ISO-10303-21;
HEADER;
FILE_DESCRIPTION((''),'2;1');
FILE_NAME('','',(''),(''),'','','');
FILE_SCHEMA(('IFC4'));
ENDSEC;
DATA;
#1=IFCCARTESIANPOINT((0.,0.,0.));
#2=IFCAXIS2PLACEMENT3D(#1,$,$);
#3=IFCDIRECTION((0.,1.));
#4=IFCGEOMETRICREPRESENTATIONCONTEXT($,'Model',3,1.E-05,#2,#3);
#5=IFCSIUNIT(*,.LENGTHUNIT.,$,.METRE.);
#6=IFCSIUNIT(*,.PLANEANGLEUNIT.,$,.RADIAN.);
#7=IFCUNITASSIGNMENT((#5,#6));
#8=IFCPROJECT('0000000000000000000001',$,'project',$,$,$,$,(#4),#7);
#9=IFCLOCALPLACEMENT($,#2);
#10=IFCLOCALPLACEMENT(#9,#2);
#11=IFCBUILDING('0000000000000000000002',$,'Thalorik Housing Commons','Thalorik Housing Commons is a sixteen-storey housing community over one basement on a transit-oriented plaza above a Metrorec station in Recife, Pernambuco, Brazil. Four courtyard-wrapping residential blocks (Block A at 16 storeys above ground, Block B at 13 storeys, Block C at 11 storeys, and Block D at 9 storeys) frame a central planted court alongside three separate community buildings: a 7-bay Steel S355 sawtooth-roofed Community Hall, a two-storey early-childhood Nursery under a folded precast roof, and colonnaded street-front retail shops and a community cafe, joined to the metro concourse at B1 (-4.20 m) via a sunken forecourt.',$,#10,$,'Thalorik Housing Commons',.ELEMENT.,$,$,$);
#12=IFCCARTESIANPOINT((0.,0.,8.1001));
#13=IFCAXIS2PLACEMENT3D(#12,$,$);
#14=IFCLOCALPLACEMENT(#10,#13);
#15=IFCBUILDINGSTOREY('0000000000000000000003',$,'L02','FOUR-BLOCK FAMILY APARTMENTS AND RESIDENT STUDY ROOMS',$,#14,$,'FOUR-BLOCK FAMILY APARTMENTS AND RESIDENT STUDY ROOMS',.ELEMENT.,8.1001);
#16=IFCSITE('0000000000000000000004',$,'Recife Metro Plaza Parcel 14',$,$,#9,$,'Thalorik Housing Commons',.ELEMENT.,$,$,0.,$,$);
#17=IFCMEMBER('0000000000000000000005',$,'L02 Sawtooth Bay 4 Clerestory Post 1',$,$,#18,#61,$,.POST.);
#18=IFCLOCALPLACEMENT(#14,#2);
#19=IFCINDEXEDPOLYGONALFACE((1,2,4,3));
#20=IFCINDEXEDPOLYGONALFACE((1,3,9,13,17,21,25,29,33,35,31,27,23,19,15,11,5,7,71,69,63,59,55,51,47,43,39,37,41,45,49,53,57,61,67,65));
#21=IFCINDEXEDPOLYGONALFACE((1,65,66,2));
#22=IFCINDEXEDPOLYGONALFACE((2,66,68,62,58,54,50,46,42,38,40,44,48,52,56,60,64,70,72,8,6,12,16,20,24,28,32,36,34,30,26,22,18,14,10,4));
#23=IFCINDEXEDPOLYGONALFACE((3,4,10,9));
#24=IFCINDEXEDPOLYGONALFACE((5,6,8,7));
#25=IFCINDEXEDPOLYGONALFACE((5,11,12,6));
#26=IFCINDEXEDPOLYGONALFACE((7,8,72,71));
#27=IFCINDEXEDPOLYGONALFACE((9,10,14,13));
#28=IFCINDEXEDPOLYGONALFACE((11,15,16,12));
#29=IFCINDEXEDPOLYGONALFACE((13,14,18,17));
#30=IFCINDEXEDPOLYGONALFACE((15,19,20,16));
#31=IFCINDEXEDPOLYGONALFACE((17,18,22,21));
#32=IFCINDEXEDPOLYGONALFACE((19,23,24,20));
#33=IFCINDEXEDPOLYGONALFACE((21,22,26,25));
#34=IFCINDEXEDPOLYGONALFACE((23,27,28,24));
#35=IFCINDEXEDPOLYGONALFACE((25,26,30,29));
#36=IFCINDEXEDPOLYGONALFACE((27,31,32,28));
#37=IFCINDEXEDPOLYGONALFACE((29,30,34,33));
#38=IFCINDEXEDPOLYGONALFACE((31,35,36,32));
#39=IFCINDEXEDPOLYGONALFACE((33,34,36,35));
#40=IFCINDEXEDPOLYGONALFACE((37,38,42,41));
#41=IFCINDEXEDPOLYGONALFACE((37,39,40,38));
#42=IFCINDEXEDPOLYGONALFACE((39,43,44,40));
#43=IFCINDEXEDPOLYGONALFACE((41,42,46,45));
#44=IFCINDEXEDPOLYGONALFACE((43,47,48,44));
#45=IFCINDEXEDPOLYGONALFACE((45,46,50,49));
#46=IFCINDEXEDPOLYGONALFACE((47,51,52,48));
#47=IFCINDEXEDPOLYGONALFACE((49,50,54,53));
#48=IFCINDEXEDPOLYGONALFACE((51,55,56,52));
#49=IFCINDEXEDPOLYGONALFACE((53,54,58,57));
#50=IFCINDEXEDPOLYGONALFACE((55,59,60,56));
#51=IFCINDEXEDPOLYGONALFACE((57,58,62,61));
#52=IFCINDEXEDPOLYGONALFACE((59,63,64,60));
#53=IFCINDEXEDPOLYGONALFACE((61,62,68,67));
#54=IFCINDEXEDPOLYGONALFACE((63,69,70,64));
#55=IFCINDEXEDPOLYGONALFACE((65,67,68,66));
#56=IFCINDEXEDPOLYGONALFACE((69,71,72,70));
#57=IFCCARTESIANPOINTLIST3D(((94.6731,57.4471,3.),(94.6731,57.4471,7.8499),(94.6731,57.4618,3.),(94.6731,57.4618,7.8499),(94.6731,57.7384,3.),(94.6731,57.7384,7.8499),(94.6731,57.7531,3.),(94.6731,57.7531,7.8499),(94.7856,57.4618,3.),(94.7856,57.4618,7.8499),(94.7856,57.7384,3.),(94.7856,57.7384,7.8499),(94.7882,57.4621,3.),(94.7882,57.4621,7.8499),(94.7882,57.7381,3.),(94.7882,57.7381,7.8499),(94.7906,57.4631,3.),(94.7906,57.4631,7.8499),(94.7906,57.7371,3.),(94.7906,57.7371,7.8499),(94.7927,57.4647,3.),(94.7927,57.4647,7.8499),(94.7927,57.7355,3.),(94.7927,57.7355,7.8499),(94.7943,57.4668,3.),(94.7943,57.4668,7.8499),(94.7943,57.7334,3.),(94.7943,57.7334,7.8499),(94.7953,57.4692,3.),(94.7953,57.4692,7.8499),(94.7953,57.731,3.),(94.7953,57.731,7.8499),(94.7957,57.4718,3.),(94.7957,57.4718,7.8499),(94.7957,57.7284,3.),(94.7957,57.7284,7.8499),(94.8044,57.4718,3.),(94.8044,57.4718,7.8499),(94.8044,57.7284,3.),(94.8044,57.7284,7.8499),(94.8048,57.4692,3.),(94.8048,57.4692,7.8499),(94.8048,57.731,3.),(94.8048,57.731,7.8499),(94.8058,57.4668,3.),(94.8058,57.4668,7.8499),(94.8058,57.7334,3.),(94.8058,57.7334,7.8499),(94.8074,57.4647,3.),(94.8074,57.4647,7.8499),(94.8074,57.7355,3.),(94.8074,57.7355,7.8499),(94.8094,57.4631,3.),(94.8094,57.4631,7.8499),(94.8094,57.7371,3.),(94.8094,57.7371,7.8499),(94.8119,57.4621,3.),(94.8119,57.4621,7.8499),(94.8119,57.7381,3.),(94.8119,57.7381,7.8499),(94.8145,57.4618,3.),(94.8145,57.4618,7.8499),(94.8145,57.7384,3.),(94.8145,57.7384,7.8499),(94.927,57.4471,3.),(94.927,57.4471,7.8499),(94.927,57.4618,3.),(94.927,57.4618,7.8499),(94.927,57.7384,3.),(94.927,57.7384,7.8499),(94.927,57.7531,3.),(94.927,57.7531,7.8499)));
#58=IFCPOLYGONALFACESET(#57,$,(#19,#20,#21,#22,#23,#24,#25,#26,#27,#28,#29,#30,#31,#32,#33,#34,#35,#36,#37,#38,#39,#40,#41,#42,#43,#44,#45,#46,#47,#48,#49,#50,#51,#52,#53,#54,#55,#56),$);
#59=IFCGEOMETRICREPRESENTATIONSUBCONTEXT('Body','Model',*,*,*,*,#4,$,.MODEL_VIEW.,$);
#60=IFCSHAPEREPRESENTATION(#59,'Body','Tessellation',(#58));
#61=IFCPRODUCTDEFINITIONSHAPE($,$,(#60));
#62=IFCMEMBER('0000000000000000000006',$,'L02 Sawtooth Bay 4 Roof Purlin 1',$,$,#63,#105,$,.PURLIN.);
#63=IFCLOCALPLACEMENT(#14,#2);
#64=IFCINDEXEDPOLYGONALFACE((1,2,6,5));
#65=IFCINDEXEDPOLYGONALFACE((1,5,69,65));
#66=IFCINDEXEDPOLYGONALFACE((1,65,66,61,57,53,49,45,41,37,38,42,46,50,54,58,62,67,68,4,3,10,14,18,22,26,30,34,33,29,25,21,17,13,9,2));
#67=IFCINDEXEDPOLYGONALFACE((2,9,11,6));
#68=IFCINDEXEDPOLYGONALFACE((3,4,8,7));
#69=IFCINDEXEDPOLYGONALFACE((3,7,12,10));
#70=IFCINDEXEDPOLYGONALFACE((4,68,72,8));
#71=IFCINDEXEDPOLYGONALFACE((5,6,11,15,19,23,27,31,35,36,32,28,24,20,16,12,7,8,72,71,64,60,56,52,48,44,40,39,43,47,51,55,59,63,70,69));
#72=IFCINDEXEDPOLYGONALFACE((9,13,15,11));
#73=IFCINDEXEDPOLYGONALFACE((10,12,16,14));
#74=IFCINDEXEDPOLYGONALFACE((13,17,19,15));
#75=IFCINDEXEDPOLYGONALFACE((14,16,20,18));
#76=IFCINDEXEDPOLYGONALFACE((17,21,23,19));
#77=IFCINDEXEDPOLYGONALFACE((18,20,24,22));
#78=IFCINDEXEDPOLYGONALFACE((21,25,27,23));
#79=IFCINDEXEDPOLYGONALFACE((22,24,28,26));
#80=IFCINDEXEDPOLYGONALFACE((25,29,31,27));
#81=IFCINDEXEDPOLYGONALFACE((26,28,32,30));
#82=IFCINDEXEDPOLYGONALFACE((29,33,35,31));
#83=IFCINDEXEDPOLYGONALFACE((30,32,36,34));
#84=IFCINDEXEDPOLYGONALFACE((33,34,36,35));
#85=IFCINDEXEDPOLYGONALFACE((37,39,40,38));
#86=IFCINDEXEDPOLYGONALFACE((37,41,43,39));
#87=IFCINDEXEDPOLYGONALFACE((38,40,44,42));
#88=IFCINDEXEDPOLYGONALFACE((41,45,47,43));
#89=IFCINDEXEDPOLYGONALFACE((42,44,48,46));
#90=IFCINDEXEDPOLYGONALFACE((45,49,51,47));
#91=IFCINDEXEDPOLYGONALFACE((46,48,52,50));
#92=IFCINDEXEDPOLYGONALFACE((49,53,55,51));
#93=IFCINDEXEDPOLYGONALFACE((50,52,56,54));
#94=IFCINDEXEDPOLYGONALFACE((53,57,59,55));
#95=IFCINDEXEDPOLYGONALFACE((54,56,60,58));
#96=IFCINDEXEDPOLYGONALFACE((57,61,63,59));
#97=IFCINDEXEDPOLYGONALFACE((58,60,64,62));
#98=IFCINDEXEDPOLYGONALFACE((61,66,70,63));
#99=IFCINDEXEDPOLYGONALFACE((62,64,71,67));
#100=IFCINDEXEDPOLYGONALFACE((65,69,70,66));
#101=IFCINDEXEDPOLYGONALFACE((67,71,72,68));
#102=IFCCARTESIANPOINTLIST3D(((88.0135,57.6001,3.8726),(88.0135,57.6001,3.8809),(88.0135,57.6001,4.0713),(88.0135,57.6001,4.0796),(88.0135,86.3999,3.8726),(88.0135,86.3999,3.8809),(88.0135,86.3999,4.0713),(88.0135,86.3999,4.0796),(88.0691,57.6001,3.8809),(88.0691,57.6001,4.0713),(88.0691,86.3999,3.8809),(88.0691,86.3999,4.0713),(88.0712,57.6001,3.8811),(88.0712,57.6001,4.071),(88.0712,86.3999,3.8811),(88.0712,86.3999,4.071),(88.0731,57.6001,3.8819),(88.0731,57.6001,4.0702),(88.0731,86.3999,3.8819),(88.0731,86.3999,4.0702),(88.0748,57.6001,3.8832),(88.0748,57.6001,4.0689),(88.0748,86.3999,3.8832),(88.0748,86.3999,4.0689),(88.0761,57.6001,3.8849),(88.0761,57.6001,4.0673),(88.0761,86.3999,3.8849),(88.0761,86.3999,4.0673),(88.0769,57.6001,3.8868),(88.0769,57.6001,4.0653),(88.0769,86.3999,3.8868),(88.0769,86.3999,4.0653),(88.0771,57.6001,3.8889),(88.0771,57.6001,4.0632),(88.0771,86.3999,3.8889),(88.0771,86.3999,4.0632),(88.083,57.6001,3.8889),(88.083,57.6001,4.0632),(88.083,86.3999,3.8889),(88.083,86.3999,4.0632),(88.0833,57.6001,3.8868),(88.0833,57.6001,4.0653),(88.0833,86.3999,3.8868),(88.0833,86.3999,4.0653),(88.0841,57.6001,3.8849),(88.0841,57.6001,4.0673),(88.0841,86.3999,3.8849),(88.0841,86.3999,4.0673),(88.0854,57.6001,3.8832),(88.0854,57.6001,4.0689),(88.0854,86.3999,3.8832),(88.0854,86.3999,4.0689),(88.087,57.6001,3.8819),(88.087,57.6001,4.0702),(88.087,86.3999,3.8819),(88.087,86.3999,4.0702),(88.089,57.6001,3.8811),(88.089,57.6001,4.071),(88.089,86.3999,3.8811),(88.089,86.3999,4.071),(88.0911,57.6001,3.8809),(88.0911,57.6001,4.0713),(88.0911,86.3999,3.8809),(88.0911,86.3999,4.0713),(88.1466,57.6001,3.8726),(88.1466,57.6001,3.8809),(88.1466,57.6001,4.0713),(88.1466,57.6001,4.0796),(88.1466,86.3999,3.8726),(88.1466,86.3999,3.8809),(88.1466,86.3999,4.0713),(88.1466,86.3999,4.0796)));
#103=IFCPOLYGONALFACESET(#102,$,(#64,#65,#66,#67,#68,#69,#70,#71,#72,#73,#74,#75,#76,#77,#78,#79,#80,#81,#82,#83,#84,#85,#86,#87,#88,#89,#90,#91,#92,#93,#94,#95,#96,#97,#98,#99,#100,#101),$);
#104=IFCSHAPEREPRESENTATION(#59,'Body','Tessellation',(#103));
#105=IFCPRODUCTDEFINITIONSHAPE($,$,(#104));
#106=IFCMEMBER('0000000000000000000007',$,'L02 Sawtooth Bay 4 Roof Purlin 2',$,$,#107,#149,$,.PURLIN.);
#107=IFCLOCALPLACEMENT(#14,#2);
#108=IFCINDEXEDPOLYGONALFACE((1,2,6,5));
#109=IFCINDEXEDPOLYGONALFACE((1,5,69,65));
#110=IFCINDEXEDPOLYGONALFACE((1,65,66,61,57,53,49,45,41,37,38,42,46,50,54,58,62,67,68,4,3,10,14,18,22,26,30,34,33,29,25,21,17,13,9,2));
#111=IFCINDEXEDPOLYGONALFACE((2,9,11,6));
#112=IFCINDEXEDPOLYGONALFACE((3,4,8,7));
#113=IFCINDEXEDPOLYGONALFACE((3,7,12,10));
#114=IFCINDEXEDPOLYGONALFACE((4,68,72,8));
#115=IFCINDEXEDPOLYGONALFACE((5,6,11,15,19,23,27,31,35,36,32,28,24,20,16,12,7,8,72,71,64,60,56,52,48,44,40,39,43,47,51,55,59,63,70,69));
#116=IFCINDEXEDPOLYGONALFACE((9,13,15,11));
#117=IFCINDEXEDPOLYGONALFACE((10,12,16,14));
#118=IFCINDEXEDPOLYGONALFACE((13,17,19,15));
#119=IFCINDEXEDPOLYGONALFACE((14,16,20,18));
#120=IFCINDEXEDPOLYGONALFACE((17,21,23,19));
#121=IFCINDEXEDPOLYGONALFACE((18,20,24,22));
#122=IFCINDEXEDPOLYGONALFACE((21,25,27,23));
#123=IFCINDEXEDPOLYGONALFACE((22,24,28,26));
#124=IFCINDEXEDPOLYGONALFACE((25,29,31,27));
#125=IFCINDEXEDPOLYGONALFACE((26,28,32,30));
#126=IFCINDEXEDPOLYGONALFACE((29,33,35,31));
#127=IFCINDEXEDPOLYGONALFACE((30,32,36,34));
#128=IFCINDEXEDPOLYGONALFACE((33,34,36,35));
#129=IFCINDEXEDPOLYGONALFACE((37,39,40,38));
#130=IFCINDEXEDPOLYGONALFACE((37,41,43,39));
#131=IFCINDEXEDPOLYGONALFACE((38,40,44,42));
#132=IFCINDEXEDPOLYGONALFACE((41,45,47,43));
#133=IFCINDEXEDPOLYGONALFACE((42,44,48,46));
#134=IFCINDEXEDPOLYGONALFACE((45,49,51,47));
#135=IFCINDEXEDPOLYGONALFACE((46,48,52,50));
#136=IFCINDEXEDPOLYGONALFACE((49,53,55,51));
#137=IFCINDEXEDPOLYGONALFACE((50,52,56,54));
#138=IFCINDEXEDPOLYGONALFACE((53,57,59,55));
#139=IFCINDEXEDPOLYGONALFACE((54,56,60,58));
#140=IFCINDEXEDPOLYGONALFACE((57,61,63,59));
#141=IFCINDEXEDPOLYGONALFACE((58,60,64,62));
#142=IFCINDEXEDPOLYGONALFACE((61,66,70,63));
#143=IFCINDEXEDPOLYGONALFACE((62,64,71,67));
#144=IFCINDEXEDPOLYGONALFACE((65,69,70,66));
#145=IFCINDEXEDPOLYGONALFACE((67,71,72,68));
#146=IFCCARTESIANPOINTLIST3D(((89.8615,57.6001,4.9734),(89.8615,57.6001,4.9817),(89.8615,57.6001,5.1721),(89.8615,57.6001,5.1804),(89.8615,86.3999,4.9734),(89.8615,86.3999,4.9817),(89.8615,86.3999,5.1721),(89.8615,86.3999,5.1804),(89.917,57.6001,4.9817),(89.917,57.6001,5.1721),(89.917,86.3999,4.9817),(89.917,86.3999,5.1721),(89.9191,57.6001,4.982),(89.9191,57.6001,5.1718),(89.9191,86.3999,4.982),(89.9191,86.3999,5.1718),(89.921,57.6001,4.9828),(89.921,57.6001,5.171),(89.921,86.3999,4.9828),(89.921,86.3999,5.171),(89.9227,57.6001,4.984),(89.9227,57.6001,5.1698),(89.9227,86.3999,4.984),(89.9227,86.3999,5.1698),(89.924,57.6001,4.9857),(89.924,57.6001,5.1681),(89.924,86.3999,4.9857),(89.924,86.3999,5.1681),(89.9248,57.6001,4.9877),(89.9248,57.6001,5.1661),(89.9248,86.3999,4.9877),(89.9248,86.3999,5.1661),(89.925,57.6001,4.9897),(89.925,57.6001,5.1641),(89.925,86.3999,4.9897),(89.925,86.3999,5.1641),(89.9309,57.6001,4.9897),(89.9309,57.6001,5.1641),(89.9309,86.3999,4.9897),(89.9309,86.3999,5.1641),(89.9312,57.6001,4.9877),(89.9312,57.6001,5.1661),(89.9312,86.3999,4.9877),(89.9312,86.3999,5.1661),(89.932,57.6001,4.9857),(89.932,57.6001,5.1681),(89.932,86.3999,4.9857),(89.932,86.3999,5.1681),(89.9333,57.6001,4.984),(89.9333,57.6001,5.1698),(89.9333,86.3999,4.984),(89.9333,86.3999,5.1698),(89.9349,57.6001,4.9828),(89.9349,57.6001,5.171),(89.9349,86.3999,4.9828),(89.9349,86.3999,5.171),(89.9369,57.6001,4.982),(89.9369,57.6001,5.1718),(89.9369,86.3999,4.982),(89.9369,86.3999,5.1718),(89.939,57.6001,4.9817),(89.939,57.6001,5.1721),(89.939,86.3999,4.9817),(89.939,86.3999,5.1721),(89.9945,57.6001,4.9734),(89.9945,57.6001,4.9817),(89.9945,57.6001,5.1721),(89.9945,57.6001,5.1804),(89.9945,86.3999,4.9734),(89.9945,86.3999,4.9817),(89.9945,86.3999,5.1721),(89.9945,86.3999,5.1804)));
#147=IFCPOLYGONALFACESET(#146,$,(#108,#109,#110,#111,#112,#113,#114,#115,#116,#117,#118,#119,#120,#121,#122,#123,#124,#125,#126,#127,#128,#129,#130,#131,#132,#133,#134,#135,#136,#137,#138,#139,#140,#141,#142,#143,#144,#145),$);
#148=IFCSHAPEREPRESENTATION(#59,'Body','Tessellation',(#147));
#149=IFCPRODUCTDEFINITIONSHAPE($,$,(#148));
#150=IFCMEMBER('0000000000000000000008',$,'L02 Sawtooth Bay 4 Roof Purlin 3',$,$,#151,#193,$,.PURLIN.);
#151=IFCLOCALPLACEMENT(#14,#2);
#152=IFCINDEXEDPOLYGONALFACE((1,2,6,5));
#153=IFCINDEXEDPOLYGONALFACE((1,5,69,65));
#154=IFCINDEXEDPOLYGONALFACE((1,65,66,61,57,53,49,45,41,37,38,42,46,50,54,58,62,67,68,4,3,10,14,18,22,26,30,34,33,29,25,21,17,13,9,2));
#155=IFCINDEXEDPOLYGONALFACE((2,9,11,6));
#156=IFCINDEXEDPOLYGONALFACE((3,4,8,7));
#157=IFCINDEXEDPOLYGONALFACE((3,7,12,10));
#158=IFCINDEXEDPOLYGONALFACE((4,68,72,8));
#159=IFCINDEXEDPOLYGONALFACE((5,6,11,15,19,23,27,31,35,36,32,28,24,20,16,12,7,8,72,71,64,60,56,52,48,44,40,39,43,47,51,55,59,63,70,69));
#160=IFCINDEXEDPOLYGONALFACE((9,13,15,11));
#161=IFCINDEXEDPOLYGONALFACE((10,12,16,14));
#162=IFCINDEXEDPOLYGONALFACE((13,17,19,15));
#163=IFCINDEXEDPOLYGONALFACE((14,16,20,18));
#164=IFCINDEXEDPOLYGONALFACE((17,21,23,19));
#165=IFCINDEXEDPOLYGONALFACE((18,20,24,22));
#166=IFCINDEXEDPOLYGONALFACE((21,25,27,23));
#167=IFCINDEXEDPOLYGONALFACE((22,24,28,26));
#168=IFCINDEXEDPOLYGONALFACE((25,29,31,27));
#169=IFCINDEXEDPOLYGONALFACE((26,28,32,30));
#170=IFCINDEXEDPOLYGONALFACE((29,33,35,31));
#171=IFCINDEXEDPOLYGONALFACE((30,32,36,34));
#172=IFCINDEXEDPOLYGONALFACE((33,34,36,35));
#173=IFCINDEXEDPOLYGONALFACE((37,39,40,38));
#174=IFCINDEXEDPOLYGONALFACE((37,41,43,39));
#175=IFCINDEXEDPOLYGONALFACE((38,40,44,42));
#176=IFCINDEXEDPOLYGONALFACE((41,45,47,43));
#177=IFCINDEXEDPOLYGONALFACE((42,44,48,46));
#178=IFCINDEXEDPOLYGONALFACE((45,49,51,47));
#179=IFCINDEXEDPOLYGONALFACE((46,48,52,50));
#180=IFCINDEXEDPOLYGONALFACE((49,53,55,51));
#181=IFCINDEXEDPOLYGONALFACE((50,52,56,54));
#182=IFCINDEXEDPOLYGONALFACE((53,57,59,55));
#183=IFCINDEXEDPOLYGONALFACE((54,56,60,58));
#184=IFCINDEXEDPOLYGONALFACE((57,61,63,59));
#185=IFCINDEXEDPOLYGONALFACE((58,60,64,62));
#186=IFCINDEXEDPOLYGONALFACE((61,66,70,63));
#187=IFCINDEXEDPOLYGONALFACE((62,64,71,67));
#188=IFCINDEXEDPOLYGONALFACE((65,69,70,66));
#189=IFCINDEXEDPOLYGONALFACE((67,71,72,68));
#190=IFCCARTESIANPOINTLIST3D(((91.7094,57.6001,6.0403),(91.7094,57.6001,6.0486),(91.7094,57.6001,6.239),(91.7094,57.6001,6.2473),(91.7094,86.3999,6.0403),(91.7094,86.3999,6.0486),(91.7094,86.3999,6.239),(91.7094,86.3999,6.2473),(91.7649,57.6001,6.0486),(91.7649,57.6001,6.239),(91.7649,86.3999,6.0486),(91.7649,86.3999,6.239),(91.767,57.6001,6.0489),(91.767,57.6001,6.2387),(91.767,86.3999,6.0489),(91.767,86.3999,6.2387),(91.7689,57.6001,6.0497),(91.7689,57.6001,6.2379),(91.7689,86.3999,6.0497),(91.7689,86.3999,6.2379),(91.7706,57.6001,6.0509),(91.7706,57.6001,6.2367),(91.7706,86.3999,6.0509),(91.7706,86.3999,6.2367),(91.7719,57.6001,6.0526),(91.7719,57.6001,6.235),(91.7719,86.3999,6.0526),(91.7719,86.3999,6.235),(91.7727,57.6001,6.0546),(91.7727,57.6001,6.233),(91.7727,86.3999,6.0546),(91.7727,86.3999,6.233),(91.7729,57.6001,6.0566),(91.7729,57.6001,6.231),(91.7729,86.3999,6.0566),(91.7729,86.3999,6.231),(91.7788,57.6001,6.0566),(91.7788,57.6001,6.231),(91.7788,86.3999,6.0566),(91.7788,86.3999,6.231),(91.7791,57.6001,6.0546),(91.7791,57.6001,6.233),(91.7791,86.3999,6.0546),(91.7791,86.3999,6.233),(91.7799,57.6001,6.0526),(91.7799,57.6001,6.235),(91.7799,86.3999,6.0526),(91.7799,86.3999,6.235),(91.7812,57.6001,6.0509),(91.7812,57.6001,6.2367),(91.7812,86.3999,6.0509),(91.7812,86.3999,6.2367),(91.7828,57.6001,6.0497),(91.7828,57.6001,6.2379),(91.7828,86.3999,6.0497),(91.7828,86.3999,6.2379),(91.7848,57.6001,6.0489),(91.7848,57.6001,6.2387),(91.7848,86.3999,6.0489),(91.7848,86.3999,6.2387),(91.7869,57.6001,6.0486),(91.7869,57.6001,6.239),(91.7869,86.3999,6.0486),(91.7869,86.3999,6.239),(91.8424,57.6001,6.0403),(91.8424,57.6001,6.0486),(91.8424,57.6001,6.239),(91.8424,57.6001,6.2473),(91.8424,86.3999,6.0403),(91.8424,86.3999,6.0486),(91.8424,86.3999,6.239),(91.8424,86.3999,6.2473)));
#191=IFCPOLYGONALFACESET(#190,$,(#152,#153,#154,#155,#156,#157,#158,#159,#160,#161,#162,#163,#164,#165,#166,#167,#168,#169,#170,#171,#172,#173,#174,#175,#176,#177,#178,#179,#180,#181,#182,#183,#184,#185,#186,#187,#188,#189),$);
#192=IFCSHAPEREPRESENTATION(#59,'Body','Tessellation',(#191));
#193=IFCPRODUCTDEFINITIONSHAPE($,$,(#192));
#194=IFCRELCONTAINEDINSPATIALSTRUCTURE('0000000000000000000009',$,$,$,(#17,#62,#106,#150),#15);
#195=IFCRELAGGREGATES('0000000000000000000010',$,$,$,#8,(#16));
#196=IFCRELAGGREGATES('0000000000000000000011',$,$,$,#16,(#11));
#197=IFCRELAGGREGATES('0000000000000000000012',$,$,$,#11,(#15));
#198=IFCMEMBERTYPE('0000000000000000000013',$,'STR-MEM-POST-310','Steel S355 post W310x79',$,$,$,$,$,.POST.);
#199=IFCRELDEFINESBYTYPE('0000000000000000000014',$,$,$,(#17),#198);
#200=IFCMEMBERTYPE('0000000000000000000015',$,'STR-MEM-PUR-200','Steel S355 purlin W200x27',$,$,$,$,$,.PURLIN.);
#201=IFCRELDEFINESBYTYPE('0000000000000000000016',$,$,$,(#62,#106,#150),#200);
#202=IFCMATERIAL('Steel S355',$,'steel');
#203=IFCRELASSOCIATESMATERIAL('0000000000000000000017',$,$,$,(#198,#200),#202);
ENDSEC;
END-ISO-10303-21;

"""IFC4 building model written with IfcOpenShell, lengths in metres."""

from ifc_helpers import new_model, si_unit, direction, frame, origin, origin_2d, place, context, subcontext, project, spatial, i_section, extrude, material, material_profile, profile_set, type_object, element, save


model = new_model("IFC4")

# Units and contexts
model_context = context("Model", 3, precision=1e-05, world=origin(), true_north=direction((0.0, 1.0)))
body_context = subcontext(model_context, "Body", "Model", "MODEL_VIEW")
ifc_project = project(units=[si_unit("LENGTHUNIT", "METRE"), si_unit("PLANEANGLEUNIT", "RADIAN")], contexts=[model_context])

# Site, building, storey
site_placement = place(None, origin())
site = spatial("IfcSite", under=ifc_project, at=site_placement, Name="Recife Metro Plaza Parcel 14", LongName="Thalorik Housing Commons", CompositionType="ELEMENT", RefElevation=0.0)
building_placement = place(site_placement, origin())
building = spatial("IfcBuilding", under=site, at=building_placement, Name="Thalorik Housing Commons", Description="Thalorik Housing Commons is a sixteen-storey housing community over one basement on a transit-oriented plaza above a Metrorec station in Recife, Pernambuco, Brazil. Four courtyard-wrapping residential blocks (Block A at 16 storeys above ground, Block B at 13 storeys, Block C at 11 storeys, and Block D at 9 storeys) frame a central planted court alongside three separate community buildings: a 7-bay Steel S355 sawtooth-roofed Community Hall, a two-storey early-childhood Nursery under a folded precast roof, and colonnaded street-front retail shops and a community cafe, joined to the metro concourse at B1 (-4.20 m) via a sunken forecourt.", LongName="Thalorik Housing Commons", CompositionType="ELEMENT")
storey_placement = place(building_placement, frame((0.0, 0.0, 8.1001)))
storey = spatial("IfcBuildingStorey", under=building, at=storey_placement, Name="L02", Description="FOUR-BLOCK FAMILY APARTMENTS AND RESIDENT STUDY ROOMS", LongName="FOUR-BLOCK FAMILY APARTMENTS AND RESIDENT STUDY ROOMS", CompositionType="ELEMENT", Elevation=8.1001)

# Shared definitions
ifc_material_1 = material(Name="Steel S355", Category="steel")

# Members
ifc_material_profile_1 = material_profile(ifc_material_1, i_section(OverallWidth=0.2539, OverallDepth=0.3059, WebThickness=0.0088, FlangeThickness=0.0146, FilletRadius=0.01, at=origin_2d()), Name="W310x79", Category="steel")
ifc_profile_set_1 = profile_set([ifc_material_profile_1], Name="Steel S355")
member_type_1 = type_object("IfcMemberType", Name="STR-MEM-POST-310", Description="Steel S355 post W310x79", PredefinedType="POST", material=ifc_profile_set_1)
member_1_placement = place(storey_placement, frame((94.8, 57.6001, 3.0), z_axis=(0.0, 0.0, 1.0), x_axis=(1.0, 0.0, 0.0)))
element("IfcMember", 1, at=member_1_placement, inside=storey, type_object=member_type_1, Name="L02 Sawtooth Bay 4 Clerestory Post 1", PredefinedType="POST", context=body_context, shape_type="SweptSolid", body=[
    extrude(i_section(OverallWidth=0.2539, OverallDepth=0.3059, WebThickness=0.0088, FlangeThickness=0.0146, FilletRadius=0.01, at=origin_2d()), origin(), (0.0, 0.0, 1.0), 4.8499),
])
ifc_material_profile_2 = material_profile(ifc_material_1, i_section(OverallWidth=0.1331, OverallDepth=0.207, WebThickness=0.0059, FlangeThickness=0.0083, FilletRadius=0.0081, at=origin_2d()), Name="W200x27", Category="steel")
ifc_profile_set_2 = profile_set([ifc_material_profile_2], Name="Steel S355")
member_type_2 = type_object("IfcMemberType", Name="STR-MEM-PUR-200", Description="Steel S355 purlin W200x27", PredefinedType="PURLIN", material=ifc_profile_set_2)
for number, where, z_axis, x_axis, name in (
    (2, (88.0801, 57.6001, 3.9761), (0.0, 1.0, 0.0), (-1.0, 0.0, 0.0), "L02 Sawtooth Bay 4 Roof Purlin 1"),
    (3, (89.928, 57.6001, 5.0769), (0.0, 1.0, 0.0), (-1.0, 0.0, 0.0), "L02 Sawtooth Bay 4 Roof Purlin 2"),
    (4, (91.7759, 57.6001, 6.1438), (0.0, 1.0, 0.0), (-1.0, 0.0, 0.0), "L02 Sawtooth Bay 4 Roof Purlin 3"),
):
    element("IfcMember", number, at=place(storey_placement, frame(where, z_axis=z_axis, x_axis=x_axis)), inside=storey, type_object=member_type_2, Name=name, PredefinedType="PURLIN", context=body_context, shape_type="SweptSolid", body=[
        extrude(i_section(OverallWidth=0.1331, OverallDepth=0.207, WebThickness=0.0059, FlangeThickness=0.0083, FilletRadius=0.0081, at=origin_2d()), origin(), (0.0, 0.0, 1.0), 28.7998),
    ])

save(model, "model.ifc")
